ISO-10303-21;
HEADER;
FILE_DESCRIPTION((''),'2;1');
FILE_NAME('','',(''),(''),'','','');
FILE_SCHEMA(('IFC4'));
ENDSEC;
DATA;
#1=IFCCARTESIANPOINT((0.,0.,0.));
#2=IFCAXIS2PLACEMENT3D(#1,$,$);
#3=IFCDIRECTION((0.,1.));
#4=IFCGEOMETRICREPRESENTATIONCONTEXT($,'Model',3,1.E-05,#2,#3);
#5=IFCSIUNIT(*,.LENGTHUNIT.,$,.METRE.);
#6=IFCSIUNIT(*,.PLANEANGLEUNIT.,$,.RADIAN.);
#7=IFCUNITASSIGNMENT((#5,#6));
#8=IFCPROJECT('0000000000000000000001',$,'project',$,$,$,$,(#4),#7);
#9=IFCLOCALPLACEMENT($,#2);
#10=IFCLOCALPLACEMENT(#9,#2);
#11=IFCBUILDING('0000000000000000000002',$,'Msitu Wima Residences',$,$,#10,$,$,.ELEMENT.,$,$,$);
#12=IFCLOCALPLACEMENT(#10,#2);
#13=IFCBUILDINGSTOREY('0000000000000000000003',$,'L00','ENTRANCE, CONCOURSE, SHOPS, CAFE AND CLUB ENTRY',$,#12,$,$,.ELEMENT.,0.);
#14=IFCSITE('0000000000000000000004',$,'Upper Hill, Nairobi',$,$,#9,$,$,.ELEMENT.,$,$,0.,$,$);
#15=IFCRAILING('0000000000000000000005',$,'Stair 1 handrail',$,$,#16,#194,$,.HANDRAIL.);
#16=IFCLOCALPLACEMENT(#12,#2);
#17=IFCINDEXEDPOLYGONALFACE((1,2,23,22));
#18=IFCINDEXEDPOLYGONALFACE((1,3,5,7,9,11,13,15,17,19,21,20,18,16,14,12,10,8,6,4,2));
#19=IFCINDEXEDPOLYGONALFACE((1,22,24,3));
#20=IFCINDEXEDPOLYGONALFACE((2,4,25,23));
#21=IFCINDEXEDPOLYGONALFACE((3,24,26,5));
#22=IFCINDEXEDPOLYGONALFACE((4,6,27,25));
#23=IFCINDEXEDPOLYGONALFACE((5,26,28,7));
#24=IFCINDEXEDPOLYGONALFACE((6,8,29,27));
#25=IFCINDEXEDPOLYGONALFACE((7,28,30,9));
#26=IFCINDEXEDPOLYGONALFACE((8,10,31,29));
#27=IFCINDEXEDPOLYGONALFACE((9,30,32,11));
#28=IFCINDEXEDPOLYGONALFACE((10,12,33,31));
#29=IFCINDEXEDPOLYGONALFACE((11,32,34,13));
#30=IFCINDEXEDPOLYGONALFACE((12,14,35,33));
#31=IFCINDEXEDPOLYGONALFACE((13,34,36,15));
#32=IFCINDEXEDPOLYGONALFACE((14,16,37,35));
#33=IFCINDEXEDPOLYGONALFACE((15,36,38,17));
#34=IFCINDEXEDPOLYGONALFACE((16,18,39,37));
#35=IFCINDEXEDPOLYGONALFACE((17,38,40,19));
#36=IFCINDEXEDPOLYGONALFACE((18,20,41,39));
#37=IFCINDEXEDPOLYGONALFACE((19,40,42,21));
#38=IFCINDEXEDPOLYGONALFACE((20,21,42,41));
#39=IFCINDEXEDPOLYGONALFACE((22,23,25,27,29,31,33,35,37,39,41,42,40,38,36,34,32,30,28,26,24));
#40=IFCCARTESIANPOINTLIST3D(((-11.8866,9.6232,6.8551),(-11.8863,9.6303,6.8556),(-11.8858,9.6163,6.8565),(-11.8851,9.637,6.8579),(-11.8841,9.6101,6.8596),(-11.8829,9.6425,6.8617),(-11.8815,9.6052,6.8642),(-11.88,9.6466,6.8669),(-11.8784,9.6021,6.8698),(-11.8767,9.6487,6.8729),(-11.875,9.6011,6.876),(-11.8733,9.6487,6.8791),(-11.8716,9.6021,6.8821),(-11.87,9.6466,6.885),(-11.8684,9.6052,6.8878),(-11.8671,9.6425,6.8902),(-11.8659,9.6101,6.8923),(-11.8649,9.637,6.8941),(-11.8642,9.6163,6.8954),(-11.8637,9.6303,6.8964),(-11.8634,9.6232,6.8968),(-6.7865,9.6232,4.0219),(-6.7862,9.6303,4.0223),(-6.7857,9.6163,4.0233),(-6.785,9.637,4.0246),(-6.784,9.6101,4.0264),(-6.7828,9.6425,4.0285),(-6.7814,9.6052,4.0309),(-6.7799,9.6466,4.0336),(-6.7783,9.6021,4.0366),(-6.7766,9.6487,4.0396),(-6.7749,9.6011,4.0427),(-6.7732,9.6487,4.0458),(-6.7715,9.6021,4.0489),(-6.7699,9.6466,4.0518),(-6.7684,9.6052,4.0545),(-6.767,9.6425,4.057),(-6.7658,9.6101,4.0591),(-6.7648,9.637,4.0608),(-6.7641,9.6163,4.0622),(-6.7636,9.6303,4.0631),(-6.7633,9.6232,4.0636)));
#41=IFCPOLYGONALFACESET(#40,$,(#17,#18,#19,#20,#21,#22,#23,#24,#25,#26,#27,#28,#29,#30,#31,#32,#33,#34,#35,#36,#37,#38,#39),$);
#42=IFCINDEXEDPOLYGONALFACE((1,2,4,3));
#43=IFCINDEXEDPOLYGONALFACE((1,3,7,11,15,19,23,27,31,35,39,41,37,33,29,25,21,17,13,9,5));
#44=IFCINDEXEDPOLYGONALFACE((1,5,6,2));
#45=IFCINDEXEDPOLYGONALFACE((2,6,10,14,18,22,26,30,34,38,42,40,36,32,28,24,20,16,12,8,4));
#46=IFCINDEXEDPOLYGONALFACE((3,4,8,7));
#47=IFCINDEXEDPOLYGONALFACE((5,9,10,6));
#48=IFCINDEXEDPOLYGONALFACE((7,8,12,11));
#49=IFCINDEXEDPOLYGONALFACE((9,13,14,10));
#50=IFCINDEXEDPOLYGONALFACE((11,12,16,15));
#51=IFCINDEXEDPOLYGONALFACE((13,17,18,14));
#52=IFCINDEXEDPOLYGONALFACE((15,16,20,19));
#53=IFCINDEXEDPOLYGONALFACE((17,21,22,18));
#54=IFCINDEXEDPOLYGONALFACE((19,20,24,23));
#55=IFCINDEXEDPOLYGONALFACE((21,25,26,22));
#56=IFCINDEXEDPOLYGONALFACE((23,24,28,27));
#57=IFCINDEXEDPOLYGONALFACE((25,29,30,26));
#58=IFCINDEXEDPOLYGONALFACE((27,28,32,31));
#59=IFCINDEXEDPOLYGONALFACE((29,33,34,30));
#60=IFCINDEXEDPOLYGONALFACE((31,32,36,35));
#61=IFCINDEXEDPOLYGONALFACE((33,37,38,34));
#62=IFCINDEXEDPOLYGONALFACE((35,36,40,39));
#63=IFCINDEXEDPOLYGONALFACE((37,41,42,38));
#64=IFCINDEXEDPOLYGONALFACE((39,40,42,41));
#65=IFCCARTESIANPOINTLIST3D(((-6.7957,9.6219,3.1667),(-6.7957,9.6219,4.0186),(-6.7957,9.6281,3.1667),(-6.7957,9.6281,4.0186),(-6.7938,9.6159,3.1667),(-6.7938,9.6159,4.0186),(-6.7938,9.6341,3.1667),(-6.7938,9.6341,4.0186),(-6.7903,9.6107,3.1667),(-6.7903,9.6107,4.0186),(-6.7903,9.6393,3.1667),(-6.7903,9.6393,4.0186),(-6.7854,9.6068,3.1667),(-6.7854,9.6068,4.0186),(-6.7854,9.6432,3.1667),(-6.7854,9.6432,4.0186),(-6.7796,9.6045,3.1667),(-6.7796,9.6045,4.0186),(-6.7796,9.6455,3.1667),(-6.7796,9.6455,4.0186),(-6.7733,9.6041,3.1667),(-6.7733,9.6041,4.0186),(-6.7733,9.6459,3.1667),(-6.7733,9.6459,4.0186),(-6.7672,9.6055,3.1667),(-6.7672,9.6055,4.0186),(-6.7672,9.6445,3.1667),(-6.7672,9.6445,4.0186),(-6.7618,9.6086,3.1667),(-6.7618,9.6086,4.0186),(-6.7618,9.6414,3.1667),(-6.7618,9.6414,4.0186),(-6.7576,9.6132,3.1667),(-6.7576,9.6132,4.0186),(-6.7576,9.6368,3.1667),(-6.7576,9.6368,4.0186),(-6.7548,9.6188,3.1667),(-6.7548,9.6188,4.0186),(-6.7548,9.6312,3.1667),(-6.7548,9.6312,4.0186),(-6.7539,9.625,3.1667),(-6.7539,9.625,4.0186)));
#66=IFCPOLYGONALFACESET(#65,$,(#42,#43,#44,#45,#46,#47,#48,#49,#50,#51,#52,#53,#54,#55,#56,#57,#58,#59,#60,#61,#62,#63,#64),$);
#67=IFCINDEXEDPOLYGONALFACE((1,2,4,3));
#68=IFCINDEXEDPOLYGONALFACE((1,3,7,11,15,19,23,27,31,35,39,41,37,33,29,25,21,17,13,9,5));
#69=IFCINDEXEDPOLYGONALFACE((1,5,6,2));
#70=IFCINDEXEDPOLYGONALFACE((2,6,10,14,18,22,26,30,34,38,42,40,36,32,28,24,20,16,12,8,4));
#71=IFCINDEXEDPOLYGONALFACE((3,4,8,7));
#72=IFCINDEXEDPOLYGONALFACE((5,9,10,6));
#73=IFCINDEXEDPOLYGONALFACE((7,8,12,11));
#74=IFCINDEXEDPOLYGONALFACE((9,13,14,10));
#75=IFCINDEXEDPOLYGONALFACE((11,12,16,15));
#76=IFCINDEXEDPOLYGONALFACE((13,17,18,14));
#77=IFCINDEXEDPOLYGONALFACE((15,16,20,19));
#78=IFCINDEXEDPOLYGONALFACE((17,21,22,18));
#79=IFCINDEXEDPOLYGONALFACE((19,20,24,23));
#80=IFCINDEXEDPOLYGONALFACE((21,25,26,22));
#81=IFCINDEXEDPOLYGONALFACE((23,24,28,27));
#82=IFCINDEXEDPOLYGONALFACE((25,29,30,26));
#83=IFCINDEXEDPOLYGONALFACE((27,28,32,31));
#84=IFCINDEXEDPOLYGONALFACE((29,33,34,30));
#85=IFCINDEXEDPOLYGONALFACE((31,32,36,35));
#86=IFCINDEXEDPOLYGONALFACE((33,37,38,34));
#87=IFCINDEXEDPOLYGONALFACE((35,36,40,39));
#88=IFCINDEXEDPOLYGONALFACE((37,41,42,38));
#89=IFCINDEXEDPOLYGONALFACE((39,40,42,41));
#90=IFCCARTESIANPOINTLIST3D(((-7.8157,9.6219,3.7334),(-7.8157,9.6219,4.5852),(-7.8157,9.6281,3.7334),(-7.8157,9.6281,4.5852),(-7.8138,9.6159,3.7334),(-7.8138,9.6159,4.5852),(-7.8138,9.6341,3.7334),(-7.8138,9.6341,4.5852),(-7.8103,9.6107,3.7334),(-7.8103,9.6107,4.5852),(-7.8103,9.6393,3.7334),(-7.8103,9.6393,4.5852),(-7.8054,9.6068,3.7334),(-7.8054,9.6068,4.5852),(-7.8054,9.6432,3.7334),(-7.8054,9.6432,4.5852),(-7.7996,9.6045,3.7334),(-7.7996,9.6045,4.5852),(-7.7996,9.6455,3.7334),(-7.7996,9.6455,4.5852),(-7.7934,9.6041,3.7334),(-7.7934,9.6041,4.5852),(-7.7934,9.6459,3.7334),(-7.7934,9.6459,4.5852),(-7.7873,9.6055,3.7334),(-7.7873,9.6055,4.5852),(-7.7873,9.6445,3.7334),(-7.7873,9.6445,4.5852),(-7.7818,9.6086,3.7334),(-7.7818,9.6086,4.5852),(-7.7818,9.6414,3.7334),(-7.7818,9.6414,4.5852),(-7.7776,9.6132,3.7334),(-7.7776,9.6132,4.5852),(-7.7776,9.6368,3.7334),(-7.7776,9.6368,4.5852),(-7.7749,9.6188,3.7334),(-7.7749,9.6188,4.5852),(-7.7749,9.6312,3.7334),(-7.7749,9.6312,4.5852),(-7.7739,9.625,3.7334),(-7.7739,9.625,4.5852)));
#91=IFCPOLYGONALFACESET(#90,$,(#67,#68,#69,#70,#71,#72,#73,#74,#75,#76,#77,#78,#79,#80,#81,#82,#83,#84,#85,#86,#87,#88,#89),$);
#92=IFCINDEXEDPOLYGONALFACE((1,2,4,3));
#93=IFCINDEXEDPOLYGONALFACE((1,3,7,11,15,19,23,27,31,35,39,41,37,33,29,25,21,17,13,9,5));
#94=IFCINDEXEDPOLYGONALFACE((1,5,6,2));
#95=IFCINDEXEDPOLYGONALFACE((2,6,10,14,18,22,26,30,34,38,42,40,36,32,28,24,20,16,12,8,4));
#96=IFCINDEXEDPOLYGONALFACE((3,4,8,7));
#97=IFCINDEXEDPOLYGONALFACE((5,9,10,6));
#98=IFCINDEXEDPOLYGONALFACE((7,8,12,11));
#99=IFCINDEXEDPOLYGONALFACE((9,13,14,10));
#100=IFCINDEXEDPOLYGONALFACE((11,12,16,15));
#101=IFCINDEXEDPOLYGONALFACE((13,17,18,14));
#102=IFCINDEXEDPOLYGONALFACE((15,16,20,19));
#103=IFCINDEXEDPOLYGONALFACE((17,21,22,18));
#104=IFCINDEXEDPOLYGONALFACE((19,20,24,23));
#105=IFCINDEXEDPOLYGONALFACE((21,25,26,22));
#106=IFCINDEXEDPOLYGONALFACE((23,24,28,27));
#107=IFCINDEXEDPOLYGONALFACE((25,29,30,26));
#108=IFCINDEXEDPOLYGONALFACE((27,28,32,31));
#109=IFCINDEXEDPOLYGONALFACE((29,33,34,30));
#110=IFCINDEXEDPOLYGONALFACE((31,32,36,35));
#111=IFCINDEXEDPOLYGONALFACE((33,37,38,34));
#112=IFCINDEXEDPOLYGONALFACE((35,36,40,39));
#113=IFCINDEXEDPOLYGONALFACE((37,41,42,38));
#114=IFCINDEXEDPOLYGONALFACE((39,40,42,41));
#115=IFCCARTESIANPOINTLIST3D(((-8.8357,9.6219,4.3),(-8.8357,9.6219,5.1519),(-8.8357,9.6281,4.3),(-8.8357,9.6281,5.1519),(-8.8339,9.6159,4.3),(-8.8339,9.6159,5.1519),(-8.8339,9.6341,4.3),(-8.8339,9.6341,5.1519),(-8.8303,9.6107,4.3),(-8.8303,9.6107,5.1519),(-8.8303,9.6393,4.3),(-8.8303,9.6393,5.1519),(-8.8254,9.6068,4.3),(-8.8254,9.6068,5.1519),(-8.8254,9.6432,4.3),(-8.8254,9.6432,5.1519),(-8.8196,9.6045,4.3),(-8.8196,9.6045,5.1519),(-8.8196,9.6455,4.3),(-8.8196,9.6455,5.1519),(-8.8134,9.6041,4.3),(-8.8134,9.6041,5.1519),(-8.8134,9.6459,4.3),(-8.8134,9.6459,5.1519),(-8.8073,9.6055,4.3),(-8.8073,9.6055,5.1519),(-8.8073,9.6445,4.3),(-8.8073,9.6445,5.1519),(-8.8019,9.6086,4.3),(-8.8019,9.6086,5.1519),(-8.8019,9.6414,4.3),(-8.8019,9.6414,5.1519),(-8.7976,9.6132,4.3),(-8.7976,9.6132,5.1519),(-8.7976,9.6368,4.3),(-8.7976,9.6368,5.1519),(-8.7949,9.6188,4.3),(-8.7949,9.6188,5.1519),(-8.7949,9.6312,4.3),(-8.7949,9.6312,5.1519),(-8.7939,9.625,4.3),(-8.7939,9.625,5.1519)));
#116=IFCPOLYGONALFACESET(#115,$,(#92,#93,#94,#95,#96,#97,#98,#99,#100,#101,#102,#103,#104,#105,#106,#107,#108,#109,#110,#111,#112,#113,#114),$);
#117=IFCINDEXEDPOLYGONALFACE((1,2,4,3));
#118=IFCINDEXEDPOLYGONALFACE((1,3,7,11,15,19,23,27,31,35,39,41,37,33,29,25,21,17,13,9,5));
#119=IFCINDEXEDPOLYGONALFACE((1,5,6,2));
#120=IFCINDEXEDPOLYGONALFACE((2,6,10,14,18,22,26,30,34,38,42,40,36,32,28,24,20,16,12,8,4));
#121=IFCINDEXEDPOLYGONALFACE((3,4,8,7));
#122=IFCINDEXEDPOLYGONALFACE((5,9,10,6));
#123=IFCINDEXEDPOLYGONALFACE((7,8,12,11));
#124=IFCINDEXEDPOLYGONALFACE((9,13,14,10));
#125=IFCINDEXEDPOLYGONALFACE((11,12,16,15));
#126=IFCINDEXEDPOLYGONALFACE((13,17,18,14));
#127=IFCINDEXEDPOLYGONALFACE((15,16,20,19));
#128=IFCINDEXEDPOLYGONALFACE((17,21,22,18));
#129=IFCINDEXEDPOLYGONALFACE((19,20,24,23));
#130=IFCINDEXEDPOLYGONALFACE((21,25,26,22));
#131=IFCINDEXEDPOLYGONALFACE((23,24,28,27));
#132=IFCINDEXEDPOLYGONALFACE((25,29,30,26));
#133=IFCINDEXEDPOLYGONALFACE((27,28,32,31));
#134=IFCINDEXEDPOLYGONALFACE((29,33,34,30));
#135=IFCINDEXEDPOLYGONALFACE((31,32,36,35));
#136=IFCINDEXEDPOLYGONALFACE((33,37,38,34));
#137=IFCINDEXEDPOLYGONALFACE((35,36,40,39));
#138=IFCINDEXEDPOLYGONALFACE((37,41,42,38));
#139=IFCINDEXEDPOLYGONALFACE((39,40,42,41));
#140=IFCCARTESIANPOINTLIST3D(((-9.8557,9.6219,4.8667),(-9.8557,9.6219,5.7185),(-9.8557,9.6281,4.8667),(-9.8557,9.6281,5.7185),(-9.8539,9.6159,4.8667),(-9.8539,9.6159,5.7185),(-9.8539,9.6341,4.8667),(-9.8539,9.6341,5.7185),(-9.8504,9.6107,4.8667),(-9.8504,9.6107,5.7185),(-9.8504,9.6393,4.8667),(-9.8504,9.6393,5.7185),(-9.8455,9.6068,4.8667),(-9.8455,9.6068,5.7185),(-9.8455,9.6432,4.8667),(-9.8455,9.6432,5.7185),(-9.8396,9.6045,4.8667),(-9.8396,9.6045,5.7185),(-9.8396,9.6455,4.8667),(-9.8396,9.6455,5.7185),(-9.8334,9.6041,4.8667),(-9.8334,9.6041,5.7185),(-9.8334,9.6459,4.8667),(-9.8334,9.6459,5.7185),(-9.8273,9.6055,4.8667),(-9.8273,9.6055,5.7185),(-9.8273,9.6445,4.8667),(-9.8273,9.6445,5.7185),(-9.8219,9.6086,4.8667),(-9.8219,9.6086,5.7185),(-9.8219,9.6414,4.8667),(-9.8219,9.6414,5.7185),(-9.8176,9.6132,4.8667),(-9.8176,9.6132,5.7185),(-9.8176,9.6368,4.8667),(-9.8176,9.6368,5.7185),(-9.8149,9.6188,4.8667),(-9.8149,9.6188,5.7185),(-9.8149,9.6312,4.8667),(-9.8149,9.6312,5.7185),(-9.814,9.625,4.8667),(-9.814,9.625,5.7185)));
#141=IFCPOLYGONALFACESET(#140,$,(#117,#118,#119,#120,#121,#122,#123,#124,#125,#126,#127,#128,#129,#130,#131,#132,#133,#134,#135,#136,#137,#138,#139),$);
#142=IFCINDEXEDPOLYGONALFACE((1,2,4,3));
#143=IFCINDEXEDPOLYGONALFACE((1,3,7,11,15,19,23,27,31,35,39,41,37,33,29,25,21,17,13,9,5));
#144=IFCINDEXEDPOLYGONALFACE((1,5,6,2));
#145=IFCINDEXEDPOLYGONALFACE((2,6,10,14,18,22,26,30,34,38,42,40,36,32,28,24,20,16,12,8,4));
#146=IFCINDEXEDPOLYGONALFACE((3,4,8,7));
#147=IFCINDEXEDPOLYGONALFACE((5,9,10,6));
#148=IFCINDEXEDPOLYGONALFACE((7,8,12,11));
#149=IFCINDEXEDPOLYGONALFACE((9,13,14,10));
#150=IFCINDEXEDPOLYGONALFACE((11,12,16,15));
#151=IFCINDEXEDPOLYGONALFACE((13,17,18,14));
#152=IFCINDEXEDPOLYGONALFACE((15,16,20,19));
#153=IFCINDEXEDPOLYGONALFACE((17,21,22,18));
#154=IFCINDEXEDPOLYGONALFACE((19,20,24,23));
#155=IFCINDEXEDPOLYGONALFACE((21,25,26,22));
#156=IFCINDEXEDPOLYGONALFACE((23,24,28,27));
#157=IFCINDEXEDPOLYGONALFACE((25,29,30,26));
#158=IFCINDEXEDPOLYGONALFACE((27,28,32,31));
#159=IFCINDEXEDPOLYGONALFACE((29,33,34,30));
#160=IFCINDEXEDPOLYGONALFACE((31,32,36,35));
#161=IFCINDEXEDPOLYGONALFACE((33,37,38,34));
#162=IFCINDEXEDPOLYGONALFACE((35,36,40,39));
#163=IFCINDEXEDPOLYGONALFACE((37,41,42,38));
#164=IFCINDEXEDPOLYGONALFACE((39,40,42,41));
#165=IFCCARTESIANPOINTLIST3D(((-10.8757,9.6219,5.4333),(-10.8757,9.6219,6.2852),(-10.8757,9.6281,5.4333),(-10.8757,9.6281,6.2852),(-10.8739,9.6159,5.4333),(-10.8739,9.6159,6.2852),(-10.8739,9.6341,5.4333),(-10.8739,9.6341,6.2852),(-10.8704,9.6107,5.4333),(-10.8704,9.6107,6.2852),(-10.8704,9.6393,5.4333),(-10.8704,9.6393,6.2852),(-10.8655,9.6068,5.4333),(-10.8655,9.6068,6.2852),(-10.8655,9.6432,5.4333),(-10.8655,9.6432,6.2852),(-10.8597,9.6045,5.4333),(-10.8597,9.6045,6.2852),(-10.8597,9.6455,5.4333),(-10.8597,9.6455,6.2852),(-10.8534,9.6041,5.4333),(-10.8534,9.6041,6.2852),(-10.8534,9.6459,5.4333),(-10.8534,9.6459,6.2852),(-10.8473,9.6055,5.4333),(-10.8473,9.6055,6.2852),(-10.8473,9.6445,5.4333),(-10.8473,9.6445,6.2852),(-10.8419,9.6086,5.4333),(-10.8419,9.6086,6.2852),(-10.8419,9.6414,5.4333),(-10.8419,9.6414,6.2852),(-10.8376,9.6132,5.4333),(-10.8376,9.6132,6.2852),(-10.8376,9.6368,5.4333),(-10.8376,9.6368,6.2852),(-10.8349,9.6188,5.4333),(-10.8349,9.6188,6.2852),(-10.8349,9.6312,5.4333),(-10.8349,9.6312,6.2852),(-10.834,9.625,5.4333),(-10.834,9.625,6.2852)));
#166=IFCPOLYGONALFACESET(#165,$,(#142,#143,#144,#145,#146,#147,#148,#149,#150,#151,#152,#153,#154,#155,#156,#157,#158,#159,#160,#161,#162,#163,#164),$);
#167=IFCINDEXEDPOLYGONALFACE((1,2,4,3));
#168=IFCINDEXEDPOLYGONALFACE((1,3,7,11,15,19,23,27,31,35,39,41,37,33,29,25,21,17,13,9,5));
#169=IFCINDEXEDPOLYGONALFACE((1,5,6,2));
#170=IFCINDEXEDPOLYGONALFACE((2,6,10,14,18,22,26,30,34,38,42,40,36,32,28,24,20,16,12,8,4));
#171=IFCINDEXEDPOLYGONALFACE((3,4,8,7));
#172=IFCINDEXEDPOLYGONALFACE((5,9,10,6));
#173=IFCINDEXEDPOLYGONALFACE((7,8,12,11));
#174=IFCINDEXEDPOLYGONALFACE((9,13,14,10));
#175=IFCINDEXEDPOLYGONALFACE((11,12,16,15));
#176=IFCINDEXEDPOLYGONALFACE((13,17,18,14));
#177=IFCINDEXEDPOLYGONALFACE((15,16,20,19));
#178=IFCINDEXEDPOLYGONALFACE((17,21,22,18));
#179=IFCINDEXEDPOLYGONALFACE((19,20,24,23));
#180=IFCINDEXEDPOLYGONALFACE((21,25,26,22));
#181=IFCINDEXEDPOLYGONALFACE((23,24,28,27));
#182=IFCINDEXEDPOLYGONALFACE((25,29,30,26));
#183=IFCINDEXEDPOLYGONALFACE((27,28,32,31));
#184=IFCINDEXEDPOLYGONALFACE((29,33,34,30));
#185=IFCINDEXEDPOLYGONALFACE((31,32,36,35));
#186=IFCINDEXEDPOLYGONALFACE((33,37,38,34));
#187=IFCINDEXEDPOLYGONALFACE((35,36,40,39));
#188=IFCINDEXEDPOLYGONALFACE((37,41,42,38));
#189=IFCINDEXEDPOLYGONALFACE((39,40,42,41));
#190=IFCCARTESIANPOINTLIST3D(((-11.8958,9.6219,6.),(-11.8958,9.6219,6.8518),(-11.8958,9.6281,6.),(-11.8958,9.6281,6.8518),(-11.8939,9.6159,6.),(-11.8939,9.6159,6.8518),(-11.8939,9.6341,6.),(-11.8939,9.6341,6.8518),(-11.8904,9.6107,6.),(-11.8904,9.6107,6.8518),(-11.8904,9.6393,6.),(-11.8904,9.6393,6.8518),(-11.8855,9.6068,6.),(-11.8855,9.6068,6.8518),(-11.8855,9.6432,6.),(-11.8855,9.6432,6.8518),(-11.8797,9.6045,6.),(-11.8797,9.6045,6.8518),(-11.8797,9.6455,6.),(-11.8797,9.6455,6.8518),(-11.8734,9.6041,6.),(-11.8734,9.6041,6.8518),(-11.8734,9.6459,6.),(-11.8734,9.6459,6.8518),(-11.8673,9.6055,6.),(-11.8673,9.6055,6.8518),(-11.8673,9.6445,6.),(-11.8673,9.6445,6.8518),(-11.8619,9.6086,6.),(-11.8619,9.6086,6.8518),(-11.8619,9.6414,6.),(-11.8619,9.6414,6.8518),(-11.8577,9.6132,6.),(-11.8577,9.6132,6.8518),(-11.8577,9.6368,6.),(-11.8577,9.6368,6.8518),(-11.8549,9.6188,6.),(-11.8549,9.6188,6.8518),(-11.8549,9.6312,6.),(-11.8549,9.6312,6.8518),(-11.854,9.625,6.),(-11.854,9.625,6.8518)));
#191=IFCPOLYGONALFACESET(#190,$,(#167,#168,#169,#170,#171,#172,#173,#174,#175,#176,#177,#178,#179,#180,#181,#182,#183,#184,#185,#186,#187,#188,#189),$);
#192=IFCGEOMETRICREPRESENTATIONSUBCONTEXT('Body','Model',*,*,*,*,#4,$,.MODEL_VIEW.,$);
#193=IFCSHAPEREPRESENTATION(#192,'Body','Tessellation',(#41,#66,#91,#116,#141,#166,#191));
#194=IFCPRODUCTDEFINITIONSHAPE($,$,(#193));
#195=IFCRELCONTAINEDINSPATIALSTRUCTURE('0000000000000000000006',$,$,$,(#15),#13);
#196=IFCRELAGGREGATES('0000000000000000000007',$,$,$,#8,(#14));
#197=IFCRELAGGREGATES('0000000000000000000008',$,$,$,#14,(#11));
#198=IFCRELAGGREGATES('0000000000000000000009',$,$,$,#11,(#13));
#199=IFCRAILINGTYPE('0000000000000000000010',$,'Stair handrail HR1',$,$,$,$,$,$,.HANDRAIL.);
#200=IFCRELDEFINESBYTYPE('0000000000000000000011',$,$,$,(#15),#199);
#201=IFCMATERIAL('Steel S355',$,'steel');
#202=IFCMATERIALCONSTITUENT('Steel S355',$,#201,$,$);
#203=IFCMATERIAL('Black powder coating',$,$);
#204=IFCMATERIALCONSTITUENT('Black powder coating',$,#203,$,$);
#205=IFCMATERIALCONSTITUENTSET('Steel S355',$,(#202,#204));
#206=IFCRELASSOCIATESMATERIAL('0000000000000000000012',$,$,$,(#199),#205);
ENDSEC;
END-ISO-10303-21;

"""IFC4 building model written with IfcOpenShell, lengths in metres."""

from ifc_helpers import new_model, si_unit, direction, frame, origin, origin_2d, place, context, subcontext, project, spatial, circle, extrude, material, constituent, constituent_set, type_object, element, save


model = new_model("IFC4")

# Units and contexts
model_context = context("Model", 3, precision=1e-05, world=origin(), true_north=direction((0.0, 1.0)))
body_context = subcontext(model_context, "Body", "Model", "MODEL_VIEW")
ifc_project = project(units=[si_unit("LENGTHUNIT", "METRE"), si_unit("PLANEANGLEUNIT", "RADIAN")], contexts=[model_context])

# Site, building, storey
site_placement = place(None, origin())
site = spatial("IfcSite", under=ifc_project, at=site_placement, Name="Upper Hill, Nairobi", CompositionType="ELEMENT", RefElevation=0.0)
building_placement = place(site_placement, origin())
building = spatial("IfcBuilding", under=site, at=building_placement, Name="Msitu Wima Residences", CompositionType="ELEMENT")
storey_placement = place(building_placement, origin())
storey = spatial("IfcBuildingStorey", under=building, at=storey_placement, Name="L00", Description="ENTRANCE, CONCOURSE, SHOPS, CAFE AND CLUB ENTRY", CompositionType="ELEMENT", Elevation=0.0)

# Railing
ifc_material_1 = material(Name="Steel S355", Category="steel")
ifc_constituent_1 = constituent(ifc_material_1, Name="Steel S355")
ifc_material_2 = material(Name="Black powder coating")
ifc_constituent_2 = constituent(ifc_material_2, Name="Black powder coating")
ifc_constituent_set = constituent_set(constituents=[ifc_constituent_1, ifc_constituent_2], Name="Steel S355")
railing_type = type_object("IfcRailingType", Name="Stair handrail HR1", PredefinedType="HANDRAIL", material=ifc_constituent_set)
for number, where, name in (
    (1, (-6.7749, 9.625, 3.1667), "Stair 1 handrail"),
):
    element("IfcRailing", number, at=place(storey_placement, frame(where)), inside=storey, type_object=railing_type, Name=name, PredefinedType="HANDRAIL", context=body_context, shape_type="SweptSolid", body=[
        extrude(circle(Radius=0.0239, at=origin_2d()), frame((0.0, 0.0, 0.876), z_axis=(-0.874167, 0.0, 0.485625), x_axis=(0.0, -1.0, 0.0)), (0.0, 0.0, 1.0), 5.8342),
        extrude(circle(Radius=0.021, at=origin_2d()), origin(), (0.0, 0.0, 1.0), 0.8518),
        extrude(circle(Radius=0.021, at=origin_2d()), frame((-1.02, 0.0, 0.5667)), (0.0, 0.0, 1.0), 0.8518),
        extrude(circle(Radius=0.021, at=origin_2d()), frame((-2.04, 0.0, 1.1333)), (0.0, 0.0, 1.0), 0.8518),
        extrude(circle(Radius=0.021, at=origin_2d()), frame((-3.0601, 0.0, 1.7)), (0.0, 0.0, 1.0), 0.8518),
        extrude(circle(Radius=0.021, at=origin_2d()), frame((-4.0801, 0.0, 2.2666)), (0.0, 0.0, 1.0), 0.8518),
        extrude(circle(Radius=0.021, at=origin_2d()), frame((-5.1001, 0.0, 2.8333)), (0.0, 0.0, 1.0), 0.8518),
    ])

save(model, "model.ifc")
